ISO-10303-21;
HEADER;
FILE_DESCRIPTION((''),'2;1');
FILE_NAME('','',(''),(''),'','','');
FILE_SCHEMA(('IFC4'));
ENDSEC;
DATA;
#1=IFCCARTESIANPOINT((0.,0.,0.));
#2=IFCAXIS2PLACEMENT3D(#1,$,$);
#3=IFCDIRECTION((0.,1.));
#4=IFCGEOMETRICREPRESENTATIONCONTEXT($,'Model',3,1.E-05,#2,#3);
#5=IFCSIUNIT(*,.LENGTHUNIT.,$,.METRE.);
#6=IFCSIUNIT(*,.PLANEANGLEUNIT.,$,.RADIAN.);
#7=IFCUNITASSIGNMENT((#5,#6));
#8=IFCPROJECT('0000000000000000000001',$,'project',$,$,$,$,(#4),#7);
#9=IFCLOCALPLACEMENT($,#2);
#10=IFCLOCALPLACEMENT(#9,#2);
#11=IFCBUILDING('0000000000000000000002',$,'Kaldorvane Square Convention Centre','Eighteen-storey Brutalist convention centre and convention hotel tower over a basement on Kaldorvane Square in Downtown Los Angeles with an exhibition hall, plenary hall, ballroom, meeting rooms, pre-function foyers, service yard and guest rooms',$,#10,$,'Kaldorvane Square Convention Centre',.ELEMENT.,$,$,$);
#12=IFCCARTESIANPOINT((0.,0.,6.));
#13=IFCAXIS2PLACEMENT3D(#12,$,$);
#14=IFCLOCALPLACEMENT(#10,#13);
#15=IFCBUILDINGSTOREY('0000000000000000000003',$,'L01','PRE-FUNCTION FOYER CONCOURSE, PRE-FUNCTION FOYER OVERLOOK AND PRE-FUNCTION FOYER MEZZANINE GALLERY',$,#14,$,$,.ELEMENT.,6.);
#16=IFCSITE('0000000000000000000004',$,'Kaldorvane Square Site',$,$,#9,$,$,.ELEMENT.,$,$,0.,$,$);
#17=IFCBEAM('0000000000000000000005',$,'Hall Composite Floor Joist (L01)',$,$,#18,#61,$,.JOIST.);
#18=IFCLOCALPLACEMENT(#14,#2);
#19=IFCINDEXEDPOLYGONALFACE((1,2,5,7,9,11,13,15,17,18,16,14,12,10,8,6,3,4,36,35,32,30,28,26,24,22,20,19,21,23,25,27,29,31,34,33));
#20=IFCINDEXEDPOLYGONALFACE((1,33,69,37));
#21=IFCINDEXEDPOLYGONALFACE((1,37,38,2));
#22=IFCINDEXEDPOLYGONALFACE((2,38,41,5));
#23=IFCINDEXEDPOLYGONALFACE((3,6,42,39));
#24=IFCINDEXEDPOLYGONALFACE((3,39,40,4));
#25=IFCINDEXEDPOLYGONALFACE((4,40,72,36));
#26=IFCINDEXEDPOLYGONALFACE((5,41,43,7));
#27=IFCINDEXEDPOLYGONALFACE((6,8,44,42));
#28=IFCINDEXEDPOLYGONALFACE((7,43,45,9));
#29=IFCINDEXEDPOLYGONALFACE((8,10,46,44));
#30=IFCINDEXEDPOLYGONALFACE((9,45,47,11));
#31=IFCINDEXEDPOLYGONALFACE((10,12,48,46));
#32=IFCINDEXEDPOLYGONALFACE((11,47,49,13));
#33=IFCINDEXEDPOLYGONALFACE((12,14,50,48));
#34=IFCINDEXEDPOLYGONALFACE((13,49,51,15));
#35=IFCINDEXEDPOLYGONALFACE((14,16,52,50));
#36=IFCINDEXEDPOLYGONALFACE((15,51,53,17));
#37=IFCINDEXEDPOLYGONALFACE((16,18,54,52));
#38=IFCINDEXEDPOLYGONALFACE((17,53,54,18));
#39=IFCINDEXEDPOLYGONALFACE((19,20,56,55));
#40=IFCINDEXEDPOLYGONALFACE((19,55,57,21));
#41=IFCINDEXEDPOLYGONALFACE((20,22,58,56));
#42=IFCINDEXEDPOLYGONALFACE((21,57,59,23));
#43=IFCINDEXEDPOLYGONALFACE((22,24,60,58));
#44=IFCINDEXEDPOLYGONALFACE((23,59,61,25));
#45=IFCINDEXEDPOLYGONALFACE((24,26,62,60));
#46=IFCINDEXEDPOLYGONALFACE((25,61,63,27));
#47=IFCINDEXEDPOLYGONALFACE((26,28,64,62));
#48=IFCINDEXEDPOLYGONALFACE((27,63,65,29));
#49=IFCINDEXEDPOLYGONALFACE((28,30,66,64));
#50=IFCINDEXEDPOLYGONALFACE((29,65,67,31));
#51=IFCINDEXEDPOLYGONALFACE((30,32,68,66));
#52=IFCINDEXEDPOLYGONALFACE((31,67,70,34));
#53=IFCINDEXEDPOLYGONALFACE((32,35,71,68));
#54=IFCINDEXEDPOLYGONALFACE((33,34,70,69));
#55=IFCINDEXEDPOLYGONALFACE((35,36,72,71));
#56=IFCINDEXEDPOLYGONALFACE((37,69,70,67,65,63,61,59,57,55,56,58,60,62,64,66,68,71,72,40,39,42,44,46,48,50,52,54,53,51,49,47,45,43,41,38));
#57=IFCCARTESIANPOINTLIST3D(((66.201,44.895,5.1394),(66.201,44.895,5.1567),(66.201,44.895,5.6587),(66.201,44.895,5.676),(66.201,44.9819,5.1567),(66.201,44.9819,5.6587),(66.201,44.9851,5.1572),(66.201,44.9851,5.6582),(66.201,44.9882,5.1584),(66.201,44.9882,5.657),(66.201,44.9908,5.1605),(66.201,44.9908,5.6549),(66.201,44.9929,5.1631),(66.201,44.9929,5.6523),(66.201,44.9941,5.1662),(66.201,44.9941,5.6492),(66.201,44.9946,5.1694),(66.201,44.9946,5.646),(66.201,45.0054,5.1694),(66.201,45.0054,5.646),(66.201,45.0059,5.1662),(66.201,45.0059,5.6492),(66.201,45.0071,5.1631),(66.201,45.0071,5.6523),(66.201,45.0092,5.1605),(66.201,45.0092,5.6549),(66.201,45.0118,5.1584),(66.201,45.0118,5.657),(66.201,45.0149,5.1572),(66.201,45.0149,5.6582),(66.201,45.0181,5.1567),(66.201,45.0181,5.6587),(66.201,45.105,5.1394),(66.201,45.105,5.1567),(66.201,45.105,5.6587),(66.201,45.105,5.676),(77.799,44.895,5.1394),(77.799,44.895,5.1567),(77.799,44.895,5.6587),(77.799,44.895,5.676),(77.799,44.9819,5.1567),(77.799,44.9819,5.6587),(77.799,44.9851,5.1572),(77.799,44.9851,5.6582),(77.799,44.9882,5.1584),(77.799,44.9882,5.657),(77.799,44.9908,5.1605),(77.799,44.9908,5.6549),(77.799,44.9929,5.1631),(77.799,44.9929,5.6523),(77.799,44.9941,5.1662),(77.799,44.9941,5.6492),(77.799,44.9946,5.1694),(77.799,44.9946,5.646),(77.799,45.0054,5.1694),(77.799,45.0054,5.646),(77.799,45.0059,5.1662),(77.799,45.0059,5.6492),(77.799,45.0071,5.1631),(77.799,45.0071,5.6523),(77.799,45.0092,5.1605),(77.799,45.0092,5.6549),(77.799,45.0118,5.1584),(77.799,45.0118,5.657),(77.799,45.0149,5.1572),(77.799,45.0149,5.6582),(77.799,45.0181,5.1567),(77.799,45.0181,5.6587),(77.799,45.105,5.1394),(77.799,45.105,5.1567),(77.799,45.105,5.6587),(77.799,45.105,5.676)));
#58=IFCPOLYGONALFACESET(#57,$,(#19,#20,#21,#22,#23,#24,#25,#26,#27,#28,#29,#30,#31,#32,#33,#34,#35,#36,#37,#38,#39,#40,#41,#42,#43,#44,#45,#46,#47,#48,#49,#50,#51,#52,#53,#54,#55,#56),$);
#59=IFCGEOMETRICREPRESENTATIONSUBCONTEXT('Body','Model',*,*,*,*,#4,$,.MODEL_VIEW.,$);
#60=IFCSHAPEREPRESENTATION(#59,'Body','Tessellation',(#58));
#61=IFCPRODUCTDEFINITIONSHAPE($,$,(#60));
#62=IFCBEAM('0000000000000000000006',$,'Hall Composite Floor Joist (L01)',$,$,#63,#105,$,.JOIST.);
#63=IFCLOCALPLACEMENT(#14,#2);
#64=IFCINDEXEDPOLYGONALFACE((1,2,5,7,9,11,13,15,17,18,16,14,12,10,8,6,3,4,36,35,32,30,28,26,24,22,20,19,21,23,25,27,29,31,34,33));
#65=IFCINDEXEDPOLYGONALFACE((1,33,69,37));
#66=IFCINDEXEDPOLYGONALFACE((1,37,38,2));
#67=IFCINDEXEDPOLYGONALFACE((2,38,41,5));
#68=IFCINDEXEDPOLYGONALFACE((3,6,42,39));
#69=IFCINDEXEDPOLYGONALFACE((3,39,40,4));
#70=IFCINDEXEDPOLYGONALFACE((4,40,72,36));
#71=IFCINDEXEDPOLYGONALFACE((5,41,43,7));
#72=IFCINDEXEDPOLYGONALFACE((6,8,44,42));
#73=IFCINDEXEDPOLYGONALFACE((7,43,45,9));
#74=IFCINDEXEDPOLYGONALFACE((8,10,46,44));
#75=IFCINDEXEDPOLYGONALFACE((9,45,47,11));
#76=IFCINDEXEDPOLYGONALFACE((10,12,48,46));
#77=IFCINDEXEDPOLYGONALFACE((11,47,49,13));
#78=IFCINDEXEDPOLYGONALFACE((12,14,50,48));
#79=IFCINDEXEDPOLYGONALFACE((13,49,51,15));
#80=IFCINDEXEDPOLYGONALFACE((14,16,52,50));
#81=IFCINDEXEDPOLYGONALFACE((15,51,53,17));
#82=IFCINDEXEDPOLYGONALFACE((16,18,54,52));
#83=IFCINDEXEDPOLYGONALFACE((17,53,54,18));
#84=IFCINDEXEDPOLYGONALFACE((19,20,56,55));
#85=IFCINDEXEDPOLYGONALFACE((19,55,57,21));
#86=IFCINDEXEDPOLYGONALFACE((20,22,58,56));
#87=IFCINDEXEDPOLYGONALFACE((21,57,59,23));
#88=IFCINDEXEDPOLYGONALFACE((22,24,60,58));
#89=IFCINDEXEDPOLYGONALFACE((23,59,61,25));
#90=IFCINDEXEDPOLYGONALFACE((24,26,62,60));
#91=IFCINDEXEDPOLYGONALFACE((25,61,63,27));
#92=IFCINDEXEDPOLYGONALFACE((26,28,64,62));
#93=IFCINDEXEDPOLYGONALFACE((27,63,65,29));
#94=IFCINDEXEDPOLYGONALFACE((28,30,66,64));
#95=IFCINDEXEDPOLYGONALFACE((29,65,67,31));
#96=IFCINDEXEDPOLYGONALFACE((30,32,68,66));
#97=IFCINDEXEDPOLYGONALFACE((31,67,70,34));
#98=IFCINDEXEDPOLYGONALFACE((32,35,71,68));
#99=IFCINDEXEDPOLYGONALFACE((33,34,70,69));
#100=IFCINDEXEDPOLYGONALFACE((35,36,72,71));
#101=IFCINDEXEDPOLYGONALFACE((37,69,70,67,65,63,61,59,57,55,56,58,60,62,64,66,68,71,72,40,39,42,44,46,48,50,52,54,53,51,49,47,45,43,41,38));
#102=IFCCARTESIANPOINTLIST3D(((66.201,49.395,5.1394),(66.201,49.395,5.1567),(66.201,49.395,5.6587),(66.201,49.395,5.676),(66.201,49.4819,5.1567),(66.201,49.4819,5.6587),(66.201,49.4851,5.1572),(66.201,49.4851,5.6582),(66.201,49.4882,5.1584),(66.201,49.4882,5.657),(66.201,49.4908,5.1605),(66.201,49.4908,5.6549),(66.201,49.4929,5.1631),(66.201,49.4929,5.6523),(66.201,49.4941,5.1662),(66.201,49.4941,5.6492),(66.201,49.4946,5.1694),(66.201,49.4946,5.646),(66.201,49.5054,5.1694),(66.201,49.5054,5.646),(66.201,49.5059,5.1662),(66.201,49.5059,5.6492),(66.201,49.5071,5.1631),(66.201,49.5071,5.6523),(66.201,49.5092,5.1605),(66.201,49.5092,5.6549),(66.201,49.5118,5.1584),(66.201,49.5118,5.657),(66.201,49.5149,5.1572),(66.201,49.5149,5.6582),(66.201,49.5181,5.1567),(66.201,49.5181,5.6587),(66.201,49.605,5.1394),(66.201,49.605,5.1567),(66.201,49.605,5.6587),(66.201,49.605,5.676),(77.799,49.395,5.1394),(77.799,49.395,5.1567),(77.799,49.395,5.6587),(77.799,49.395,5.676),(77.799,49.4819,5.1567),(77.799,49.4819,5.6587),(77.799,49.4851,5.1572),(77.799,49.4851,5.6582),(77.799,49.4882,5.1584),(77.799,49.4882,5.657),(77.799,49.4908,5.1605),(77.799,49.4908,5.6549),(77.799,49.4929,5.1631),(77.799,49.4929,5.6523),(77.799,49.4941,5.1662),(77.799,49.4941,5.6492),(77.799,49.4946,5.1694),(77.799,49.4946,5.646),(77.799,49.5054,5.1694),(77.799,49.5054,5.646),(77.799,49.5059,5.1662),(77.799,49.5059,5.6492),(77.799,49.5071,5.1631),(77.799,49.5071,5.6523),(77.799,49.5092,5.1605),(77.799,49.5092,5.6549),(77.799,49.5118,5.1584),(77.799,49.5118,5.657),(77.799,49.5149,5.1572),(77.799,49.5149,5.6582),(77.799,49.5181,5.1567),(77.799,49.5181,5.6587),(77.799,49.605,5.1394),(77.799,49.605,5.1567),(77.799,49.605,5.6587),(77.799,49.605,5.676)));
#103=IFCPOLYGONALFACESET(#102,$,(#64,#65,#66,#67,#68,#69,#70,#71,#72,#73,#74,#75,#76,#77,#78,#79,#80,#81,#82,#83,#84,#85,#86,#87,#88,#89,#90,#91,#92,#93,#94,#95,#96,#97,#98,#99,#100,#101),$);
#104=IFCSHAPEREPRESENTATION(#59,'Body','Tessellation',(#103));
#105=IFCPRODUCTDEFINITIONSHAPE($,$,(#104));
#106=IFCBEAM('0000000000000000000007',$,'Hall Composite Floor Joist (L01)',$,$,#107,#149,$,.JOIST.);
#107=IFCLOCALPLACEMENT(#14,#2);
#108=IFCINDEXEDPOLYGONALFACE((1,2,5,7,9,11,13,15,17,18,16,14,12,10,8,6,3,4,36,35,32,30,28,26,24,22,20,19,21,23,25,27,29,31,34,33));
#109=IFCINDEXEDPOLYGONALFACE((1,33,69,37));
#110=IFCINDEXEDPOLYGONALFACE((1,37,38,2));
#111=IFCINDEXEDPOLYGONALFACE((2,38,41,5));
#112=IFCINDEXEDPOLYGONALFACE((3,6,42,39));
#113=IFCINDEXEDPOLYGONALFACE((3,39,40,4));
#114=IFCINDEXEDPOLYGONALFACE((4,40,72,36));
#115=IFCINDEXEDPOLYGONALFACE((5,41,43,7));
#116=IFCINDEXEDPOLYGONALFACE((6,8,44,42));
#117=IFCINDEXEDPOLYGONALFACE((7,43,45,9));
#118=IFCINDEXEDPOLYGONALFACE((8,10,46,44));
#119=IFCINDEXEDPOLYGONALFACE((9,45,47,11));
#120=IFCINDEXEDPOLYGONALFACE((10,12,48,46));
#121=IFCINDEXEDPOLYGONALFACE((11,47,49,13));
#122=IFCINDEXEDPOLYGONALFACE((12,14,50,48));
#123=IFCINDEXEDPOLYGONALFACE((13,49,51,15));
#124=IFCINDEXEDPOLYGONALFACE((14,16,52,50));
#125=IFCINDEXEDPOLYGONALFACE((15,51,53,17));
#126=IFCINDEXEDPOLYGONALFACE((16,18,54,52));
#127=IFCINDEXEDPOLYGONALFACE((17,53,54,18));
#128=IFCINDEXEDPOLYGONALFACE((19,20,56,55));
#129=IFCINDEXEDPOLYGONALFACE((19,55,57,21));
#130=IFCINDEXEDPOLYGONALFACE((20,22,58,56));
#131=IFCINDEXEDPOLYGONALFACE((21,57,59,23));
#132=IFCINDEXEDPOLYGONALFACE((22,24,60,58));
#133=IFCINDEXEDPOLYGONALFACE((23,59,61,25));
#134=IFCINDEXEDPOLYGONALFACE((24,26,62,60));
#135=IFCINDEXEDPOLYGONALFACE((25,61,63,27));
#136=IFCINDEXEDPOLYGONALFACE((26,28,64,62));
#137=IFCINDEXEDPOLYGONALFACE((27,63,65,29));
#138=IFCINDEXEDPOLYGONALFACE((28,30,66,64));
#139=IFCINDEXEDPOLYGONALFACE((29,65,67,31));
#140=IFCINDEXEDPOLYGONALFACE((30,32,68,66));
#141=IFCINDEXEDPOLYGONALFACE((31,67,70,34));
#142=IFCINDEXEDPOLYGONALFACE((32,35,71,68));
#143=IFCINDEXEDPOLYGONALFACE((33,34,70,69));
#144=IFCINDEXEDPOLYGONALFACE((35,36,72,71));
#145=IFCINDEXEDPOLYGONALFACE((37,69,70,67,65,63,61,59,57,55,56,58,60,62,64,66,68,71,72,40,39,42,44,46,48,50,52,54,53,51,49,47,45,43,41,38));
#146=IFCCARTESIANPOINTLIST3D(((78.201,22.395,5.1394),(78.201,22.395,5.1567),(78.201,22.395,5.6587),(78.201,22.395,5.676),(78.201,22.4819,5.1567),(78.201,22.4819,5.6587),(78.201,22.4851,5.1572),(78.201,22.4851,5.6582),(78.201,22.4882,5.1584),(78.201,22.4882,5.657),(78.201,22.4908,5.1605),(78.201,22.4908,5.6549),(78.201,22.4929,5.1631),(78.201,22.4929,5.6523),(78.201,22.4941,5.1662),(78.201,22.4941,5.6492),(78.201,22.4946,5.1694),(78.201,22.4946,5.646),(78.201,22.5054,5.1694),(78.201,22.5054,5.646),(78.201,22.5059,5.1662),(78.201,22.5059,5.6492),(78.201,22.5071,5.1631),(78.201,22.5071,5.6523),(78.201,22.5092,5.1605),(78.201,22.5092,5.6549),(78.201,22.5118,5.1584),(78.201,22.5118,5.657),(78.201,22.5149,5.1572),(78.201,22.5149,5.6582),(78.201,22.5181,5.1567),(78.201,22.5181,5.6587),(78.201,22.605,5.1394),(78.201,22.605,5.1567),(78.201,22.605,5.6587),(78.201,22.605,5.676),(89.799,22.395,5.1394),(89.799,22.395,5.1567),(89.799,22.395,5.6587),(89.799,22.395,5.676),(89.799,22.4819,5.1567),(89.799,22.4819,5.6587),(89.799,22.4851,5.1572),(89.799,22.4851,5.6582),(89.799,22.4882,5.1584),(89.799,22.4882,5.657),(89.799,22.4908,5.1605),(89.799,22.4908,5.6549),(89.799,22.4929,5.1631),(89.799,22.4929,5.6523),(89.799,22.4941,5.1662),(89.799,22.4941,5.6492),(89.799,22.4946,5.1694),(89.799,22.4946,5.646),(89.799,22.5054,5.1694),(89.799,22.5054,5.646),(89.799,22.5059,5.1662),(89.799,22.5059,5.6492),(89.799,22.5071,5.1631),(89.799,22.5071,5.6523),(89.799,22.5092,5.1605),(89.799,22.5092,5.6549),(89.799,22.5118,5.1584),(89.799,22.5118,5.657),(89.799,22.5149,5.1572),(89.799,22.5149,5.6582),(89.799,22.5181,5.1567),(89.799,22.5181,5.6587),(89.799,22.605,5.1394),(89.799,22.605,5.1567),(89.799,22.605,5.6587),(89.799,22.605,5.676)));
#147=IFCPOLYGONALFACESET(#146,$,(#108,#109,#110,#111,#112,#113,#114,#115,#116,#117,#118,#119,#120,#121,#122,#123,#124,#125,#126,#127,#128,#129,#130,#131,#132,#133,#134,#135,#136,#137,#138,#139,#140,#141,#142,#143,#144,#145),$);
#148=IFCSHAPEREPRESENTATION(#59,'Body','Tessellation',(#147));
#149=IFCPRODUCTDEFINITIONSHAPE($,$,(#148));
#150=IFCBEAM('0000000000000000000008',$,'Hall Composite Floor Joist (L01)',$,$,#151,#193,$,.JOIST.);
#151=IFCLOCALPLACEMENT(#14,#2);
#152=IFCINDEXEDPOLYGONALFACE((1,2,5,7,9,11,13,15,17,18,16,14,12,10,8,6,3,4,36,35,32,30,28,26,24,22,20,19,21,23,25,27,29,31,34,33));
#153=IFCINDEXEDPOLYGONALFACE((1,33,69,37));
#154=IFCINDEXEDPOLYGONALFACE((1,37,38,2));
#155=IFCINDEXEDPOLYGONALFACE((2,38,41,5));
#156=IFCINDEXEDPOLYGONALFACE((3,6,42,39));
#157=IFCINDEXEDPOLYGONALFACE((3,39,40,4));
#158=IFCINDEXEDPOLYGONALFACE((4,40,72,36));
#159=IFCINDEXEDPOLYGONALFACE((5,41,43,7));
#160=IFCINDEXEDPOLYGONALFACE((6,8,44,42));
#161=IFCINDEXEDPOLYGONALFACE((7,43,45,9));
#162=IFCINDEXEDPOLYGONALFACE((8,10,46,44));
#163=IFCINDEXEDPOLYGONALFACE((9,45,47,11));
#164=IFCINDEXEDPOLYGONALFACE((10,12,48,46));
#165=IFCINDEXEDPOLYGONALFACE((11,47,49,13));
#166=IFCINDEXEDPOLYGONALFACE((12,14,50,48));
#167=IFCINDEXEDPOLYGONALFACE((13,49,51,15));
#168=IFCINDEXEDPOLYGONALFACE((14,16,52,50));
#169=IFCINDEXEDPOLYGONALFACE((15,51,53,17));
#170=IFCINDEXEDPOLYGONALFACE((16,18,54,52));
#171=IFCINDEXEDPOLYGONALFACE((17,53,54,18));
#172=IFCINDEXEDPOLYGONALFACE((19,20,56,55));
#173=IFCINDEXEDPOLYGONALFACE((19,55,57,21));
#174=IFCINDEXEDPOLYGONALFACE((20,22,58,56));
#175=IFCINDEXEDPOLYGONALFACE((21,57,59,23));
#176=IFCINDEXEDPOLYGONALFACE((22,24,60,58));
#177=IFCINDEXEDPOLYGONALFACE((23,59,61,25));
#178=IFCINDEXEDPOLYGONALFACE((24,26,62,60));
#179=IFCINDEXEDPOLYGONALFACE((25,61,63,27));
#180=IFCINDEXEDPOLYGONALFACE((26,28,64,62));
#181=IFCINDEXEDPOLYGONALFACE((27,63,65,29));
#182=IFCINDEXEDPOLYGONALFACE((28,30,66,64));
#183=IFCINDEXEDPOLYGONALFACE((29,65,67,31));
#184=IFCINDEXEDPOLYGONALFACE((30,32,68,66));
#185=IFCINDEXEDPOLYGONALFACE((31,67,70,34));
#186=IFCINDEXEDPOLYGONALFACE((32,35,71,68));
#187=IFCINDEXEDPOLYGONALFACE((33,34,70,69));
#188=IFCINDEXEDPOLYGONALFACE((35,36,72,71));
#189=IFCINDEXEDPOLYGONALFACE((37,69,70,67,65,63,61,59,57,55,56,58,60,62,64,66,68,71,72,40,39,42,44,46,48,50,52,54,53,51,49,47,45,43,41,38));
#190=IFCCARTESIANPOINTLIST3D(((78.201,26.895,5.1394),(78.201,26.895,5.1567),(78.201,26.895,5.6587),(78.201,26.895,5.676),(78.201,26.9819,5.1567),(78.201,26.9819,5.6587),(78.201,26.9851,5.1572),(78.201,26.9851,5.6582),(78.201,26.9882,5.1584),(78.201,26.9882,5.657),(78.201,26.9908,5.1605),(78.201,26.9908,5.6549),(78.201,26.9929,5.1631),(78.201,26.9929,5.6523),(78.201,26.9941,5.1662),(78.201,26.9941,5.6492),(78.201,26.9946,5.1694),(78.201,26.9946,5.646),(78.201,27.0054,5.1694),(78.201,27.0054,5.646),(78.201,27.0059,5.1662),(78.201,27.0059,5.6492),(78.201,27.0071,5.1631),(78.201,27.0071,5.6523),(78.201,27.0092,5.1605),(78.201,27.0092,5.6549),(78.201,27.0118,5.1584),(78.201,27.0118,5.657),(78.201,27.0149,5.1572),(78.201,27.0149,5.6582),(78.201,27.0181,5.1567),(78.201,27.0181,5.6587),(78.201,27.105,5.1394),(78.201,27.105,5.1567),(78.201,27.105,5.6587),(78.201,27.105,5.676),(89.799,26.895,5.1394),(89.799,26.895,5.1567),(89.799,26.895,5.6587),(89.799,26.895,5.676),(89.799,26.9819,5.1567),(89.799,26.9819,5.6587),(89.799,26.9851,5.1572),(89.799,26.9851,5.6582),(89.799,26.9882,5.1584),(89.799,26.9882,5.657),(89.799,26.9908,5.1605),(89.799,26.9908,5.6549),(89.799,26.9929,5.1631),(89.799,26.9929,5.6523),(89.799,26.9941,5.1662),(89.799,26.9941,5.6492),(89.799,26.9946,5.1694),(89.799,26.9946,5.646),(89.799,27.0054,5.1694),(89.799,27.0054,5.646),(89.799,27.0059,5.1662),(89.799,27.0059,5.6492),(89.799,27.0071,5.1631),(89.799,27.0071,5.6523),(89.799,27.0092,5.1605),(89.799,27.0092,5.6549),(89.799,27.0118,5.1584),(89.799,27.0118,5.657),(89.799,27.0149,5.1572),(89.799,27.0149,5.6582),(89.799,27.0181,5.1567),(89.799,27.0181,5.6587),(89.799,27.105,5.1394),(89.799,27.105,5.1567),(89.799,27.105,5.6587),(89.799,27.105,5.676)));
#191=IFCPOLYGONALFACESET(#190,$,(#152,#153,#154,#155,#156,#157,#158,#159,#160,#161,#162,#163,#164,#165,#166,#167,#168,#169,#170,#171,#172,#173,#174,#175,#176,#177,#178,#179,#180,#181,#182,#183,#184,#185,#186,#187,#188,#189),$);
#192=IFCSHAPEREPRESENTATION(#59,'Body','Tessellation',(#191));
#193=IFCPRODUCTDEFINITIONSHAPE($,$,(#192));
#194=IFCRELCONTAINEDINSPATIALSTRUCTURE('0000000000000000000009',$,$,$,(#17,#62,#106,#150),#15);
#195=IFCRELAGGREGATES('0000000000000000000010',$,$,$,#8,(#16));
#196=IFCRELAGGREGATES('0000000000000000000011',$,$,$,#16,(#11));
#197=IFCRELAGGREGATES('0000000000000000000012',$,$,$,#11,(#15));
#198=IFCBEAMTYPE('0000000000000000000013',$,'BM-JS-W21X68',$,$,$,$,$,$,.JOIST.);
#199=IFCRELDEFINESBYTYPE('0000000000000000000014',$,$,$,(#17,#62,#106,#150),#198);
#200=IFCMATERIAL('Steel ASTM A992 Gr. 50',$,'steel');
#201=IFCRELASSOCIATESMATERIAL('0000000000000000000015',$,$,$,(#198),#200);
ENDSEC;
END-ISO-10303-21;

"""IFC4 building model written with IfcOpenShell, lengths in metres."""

from ifc_helpers import new_model, si_unit, direction, frame, origin, origin_2d, place, context, subcontext, project, spatial, i_section, extrude, material, material_profile, profile_set, type_object, element, save


model = new_model("IFC4")

# Units and contexts
model_context = context("Model", 3, precision=1e-05, world=origin(), true_north=direction((0.0, 1.0)))
body_context = subcontext(model_context, "Body", "Model", "MODEL_VIEW")
ifc_project = project(units=[si_unit("LENGTHUNIT", "METRE"), si_unit("PLANEANGLEUNIT", "RADIAN")], contexts=[model_context])

# Site, building, storey
site_placement = place(None, origin())
site = spatial("IfcSite", under=ifc_project, at=site_placement, Name="Kaldorvane Square Site", CompositionType="ELEMENT", RefElevation=0.0)
building_placement = place(site_placement, origin())
building = spatial("IfcBuilding", under=site, at=building_placement, Name="Kaldorvane Square Convention Centre", Description="Eighteen-storey Brutalist convention centre and convention hotel tower over a basement on Kaldorvane Square in Downtown Los Angeles with an exhibition hall, plenary hall, ballroom, meeting rooms, pre-function foyers, service yard and guest rooms", LongName="Kaldorvane Square Convention Centre", CompositionType="ELEMENT")
storey_placement = place(building_placement, frame((0.0, 0.0, 6.0)))
storey = spatial("IfcBuildingStorey", under=building, at=storey_placement, Name="L01", Description="PRE-FUNCTION FOYER CONCOURSE, PRE-FUNCTION FOYER OVERLOOK AND PRE-FUNCTION FOYER MEZZANINE GALLERY", CompositionType="ELEMENT", Elevation=6.0)

# Beams
ifc_material_1 = material(Name="Steel ASTM A992 Gr. 50", Category="steel")
ifc_material_profile_1 = material_profile(ifc_material_1, i_section(OverallWidth=0.2101, OverallDepth=0.5367, WebThickness=0.0109, FlangeThickness=0.0174, FilletRadius=0.0127, at=origin_2d()), Name="W21X68")
ifc_profile_set_1 = profile_set([ifc_material_profile_1], Name="Steel ASTM A992 Gr. 50")
beam_type_1 = type_object("IfcBeamType", Name="BM-JS-W21X68", PredefinedType="JOIST", material=ifc_profile_set_1)
for number, where, z_axis, x_axis, name in (
    (1, (66.201, 45.0, 5.4077), (1.0, 0.0, 0.0), (0.0, 1.0, 0.0), "Hall Composite Floor Joist (L01)"),
    (2, (66.201, 49.5, 5.4077), (1.0, 0.0, 0.0), (0.0, 1.0, 0.0), "Hall Composite Floor Joist (L01)"),
    (3, (78.201, 22.5, 5.4077), (1.0, 0.0, 0.0), (0.0, 1.0, 0.0), "Hall Composite Floor Joist (L01)"),
    (4, (78.201, 27.0, 5.4077), (1.0, 0.0, 0.0), (0.0, 1.0, 0.0), "Hall Composite Floor Joist (L01)"),
):
    element("IfcBeam", number, at=place(storey_placement, frame(where, z_axis=z_axis, x_axis=x_axis)), inside=storey, type_object=beam_type_1, Name=name, PredefinedType="JOIST", context=body_context, shape_type="SweptSolid", body=[
        extrude(i_section(OverallWidth=0.2101, OverallDepth=0.5367, WebThickness=0.0109, FlangeThickness=0.0174, FilletRadius=0.0127, at=origin_2d()), origin(), (0.0, 0.0, 1.0), 11.598),
    ])

save(model, "model.ifc")
